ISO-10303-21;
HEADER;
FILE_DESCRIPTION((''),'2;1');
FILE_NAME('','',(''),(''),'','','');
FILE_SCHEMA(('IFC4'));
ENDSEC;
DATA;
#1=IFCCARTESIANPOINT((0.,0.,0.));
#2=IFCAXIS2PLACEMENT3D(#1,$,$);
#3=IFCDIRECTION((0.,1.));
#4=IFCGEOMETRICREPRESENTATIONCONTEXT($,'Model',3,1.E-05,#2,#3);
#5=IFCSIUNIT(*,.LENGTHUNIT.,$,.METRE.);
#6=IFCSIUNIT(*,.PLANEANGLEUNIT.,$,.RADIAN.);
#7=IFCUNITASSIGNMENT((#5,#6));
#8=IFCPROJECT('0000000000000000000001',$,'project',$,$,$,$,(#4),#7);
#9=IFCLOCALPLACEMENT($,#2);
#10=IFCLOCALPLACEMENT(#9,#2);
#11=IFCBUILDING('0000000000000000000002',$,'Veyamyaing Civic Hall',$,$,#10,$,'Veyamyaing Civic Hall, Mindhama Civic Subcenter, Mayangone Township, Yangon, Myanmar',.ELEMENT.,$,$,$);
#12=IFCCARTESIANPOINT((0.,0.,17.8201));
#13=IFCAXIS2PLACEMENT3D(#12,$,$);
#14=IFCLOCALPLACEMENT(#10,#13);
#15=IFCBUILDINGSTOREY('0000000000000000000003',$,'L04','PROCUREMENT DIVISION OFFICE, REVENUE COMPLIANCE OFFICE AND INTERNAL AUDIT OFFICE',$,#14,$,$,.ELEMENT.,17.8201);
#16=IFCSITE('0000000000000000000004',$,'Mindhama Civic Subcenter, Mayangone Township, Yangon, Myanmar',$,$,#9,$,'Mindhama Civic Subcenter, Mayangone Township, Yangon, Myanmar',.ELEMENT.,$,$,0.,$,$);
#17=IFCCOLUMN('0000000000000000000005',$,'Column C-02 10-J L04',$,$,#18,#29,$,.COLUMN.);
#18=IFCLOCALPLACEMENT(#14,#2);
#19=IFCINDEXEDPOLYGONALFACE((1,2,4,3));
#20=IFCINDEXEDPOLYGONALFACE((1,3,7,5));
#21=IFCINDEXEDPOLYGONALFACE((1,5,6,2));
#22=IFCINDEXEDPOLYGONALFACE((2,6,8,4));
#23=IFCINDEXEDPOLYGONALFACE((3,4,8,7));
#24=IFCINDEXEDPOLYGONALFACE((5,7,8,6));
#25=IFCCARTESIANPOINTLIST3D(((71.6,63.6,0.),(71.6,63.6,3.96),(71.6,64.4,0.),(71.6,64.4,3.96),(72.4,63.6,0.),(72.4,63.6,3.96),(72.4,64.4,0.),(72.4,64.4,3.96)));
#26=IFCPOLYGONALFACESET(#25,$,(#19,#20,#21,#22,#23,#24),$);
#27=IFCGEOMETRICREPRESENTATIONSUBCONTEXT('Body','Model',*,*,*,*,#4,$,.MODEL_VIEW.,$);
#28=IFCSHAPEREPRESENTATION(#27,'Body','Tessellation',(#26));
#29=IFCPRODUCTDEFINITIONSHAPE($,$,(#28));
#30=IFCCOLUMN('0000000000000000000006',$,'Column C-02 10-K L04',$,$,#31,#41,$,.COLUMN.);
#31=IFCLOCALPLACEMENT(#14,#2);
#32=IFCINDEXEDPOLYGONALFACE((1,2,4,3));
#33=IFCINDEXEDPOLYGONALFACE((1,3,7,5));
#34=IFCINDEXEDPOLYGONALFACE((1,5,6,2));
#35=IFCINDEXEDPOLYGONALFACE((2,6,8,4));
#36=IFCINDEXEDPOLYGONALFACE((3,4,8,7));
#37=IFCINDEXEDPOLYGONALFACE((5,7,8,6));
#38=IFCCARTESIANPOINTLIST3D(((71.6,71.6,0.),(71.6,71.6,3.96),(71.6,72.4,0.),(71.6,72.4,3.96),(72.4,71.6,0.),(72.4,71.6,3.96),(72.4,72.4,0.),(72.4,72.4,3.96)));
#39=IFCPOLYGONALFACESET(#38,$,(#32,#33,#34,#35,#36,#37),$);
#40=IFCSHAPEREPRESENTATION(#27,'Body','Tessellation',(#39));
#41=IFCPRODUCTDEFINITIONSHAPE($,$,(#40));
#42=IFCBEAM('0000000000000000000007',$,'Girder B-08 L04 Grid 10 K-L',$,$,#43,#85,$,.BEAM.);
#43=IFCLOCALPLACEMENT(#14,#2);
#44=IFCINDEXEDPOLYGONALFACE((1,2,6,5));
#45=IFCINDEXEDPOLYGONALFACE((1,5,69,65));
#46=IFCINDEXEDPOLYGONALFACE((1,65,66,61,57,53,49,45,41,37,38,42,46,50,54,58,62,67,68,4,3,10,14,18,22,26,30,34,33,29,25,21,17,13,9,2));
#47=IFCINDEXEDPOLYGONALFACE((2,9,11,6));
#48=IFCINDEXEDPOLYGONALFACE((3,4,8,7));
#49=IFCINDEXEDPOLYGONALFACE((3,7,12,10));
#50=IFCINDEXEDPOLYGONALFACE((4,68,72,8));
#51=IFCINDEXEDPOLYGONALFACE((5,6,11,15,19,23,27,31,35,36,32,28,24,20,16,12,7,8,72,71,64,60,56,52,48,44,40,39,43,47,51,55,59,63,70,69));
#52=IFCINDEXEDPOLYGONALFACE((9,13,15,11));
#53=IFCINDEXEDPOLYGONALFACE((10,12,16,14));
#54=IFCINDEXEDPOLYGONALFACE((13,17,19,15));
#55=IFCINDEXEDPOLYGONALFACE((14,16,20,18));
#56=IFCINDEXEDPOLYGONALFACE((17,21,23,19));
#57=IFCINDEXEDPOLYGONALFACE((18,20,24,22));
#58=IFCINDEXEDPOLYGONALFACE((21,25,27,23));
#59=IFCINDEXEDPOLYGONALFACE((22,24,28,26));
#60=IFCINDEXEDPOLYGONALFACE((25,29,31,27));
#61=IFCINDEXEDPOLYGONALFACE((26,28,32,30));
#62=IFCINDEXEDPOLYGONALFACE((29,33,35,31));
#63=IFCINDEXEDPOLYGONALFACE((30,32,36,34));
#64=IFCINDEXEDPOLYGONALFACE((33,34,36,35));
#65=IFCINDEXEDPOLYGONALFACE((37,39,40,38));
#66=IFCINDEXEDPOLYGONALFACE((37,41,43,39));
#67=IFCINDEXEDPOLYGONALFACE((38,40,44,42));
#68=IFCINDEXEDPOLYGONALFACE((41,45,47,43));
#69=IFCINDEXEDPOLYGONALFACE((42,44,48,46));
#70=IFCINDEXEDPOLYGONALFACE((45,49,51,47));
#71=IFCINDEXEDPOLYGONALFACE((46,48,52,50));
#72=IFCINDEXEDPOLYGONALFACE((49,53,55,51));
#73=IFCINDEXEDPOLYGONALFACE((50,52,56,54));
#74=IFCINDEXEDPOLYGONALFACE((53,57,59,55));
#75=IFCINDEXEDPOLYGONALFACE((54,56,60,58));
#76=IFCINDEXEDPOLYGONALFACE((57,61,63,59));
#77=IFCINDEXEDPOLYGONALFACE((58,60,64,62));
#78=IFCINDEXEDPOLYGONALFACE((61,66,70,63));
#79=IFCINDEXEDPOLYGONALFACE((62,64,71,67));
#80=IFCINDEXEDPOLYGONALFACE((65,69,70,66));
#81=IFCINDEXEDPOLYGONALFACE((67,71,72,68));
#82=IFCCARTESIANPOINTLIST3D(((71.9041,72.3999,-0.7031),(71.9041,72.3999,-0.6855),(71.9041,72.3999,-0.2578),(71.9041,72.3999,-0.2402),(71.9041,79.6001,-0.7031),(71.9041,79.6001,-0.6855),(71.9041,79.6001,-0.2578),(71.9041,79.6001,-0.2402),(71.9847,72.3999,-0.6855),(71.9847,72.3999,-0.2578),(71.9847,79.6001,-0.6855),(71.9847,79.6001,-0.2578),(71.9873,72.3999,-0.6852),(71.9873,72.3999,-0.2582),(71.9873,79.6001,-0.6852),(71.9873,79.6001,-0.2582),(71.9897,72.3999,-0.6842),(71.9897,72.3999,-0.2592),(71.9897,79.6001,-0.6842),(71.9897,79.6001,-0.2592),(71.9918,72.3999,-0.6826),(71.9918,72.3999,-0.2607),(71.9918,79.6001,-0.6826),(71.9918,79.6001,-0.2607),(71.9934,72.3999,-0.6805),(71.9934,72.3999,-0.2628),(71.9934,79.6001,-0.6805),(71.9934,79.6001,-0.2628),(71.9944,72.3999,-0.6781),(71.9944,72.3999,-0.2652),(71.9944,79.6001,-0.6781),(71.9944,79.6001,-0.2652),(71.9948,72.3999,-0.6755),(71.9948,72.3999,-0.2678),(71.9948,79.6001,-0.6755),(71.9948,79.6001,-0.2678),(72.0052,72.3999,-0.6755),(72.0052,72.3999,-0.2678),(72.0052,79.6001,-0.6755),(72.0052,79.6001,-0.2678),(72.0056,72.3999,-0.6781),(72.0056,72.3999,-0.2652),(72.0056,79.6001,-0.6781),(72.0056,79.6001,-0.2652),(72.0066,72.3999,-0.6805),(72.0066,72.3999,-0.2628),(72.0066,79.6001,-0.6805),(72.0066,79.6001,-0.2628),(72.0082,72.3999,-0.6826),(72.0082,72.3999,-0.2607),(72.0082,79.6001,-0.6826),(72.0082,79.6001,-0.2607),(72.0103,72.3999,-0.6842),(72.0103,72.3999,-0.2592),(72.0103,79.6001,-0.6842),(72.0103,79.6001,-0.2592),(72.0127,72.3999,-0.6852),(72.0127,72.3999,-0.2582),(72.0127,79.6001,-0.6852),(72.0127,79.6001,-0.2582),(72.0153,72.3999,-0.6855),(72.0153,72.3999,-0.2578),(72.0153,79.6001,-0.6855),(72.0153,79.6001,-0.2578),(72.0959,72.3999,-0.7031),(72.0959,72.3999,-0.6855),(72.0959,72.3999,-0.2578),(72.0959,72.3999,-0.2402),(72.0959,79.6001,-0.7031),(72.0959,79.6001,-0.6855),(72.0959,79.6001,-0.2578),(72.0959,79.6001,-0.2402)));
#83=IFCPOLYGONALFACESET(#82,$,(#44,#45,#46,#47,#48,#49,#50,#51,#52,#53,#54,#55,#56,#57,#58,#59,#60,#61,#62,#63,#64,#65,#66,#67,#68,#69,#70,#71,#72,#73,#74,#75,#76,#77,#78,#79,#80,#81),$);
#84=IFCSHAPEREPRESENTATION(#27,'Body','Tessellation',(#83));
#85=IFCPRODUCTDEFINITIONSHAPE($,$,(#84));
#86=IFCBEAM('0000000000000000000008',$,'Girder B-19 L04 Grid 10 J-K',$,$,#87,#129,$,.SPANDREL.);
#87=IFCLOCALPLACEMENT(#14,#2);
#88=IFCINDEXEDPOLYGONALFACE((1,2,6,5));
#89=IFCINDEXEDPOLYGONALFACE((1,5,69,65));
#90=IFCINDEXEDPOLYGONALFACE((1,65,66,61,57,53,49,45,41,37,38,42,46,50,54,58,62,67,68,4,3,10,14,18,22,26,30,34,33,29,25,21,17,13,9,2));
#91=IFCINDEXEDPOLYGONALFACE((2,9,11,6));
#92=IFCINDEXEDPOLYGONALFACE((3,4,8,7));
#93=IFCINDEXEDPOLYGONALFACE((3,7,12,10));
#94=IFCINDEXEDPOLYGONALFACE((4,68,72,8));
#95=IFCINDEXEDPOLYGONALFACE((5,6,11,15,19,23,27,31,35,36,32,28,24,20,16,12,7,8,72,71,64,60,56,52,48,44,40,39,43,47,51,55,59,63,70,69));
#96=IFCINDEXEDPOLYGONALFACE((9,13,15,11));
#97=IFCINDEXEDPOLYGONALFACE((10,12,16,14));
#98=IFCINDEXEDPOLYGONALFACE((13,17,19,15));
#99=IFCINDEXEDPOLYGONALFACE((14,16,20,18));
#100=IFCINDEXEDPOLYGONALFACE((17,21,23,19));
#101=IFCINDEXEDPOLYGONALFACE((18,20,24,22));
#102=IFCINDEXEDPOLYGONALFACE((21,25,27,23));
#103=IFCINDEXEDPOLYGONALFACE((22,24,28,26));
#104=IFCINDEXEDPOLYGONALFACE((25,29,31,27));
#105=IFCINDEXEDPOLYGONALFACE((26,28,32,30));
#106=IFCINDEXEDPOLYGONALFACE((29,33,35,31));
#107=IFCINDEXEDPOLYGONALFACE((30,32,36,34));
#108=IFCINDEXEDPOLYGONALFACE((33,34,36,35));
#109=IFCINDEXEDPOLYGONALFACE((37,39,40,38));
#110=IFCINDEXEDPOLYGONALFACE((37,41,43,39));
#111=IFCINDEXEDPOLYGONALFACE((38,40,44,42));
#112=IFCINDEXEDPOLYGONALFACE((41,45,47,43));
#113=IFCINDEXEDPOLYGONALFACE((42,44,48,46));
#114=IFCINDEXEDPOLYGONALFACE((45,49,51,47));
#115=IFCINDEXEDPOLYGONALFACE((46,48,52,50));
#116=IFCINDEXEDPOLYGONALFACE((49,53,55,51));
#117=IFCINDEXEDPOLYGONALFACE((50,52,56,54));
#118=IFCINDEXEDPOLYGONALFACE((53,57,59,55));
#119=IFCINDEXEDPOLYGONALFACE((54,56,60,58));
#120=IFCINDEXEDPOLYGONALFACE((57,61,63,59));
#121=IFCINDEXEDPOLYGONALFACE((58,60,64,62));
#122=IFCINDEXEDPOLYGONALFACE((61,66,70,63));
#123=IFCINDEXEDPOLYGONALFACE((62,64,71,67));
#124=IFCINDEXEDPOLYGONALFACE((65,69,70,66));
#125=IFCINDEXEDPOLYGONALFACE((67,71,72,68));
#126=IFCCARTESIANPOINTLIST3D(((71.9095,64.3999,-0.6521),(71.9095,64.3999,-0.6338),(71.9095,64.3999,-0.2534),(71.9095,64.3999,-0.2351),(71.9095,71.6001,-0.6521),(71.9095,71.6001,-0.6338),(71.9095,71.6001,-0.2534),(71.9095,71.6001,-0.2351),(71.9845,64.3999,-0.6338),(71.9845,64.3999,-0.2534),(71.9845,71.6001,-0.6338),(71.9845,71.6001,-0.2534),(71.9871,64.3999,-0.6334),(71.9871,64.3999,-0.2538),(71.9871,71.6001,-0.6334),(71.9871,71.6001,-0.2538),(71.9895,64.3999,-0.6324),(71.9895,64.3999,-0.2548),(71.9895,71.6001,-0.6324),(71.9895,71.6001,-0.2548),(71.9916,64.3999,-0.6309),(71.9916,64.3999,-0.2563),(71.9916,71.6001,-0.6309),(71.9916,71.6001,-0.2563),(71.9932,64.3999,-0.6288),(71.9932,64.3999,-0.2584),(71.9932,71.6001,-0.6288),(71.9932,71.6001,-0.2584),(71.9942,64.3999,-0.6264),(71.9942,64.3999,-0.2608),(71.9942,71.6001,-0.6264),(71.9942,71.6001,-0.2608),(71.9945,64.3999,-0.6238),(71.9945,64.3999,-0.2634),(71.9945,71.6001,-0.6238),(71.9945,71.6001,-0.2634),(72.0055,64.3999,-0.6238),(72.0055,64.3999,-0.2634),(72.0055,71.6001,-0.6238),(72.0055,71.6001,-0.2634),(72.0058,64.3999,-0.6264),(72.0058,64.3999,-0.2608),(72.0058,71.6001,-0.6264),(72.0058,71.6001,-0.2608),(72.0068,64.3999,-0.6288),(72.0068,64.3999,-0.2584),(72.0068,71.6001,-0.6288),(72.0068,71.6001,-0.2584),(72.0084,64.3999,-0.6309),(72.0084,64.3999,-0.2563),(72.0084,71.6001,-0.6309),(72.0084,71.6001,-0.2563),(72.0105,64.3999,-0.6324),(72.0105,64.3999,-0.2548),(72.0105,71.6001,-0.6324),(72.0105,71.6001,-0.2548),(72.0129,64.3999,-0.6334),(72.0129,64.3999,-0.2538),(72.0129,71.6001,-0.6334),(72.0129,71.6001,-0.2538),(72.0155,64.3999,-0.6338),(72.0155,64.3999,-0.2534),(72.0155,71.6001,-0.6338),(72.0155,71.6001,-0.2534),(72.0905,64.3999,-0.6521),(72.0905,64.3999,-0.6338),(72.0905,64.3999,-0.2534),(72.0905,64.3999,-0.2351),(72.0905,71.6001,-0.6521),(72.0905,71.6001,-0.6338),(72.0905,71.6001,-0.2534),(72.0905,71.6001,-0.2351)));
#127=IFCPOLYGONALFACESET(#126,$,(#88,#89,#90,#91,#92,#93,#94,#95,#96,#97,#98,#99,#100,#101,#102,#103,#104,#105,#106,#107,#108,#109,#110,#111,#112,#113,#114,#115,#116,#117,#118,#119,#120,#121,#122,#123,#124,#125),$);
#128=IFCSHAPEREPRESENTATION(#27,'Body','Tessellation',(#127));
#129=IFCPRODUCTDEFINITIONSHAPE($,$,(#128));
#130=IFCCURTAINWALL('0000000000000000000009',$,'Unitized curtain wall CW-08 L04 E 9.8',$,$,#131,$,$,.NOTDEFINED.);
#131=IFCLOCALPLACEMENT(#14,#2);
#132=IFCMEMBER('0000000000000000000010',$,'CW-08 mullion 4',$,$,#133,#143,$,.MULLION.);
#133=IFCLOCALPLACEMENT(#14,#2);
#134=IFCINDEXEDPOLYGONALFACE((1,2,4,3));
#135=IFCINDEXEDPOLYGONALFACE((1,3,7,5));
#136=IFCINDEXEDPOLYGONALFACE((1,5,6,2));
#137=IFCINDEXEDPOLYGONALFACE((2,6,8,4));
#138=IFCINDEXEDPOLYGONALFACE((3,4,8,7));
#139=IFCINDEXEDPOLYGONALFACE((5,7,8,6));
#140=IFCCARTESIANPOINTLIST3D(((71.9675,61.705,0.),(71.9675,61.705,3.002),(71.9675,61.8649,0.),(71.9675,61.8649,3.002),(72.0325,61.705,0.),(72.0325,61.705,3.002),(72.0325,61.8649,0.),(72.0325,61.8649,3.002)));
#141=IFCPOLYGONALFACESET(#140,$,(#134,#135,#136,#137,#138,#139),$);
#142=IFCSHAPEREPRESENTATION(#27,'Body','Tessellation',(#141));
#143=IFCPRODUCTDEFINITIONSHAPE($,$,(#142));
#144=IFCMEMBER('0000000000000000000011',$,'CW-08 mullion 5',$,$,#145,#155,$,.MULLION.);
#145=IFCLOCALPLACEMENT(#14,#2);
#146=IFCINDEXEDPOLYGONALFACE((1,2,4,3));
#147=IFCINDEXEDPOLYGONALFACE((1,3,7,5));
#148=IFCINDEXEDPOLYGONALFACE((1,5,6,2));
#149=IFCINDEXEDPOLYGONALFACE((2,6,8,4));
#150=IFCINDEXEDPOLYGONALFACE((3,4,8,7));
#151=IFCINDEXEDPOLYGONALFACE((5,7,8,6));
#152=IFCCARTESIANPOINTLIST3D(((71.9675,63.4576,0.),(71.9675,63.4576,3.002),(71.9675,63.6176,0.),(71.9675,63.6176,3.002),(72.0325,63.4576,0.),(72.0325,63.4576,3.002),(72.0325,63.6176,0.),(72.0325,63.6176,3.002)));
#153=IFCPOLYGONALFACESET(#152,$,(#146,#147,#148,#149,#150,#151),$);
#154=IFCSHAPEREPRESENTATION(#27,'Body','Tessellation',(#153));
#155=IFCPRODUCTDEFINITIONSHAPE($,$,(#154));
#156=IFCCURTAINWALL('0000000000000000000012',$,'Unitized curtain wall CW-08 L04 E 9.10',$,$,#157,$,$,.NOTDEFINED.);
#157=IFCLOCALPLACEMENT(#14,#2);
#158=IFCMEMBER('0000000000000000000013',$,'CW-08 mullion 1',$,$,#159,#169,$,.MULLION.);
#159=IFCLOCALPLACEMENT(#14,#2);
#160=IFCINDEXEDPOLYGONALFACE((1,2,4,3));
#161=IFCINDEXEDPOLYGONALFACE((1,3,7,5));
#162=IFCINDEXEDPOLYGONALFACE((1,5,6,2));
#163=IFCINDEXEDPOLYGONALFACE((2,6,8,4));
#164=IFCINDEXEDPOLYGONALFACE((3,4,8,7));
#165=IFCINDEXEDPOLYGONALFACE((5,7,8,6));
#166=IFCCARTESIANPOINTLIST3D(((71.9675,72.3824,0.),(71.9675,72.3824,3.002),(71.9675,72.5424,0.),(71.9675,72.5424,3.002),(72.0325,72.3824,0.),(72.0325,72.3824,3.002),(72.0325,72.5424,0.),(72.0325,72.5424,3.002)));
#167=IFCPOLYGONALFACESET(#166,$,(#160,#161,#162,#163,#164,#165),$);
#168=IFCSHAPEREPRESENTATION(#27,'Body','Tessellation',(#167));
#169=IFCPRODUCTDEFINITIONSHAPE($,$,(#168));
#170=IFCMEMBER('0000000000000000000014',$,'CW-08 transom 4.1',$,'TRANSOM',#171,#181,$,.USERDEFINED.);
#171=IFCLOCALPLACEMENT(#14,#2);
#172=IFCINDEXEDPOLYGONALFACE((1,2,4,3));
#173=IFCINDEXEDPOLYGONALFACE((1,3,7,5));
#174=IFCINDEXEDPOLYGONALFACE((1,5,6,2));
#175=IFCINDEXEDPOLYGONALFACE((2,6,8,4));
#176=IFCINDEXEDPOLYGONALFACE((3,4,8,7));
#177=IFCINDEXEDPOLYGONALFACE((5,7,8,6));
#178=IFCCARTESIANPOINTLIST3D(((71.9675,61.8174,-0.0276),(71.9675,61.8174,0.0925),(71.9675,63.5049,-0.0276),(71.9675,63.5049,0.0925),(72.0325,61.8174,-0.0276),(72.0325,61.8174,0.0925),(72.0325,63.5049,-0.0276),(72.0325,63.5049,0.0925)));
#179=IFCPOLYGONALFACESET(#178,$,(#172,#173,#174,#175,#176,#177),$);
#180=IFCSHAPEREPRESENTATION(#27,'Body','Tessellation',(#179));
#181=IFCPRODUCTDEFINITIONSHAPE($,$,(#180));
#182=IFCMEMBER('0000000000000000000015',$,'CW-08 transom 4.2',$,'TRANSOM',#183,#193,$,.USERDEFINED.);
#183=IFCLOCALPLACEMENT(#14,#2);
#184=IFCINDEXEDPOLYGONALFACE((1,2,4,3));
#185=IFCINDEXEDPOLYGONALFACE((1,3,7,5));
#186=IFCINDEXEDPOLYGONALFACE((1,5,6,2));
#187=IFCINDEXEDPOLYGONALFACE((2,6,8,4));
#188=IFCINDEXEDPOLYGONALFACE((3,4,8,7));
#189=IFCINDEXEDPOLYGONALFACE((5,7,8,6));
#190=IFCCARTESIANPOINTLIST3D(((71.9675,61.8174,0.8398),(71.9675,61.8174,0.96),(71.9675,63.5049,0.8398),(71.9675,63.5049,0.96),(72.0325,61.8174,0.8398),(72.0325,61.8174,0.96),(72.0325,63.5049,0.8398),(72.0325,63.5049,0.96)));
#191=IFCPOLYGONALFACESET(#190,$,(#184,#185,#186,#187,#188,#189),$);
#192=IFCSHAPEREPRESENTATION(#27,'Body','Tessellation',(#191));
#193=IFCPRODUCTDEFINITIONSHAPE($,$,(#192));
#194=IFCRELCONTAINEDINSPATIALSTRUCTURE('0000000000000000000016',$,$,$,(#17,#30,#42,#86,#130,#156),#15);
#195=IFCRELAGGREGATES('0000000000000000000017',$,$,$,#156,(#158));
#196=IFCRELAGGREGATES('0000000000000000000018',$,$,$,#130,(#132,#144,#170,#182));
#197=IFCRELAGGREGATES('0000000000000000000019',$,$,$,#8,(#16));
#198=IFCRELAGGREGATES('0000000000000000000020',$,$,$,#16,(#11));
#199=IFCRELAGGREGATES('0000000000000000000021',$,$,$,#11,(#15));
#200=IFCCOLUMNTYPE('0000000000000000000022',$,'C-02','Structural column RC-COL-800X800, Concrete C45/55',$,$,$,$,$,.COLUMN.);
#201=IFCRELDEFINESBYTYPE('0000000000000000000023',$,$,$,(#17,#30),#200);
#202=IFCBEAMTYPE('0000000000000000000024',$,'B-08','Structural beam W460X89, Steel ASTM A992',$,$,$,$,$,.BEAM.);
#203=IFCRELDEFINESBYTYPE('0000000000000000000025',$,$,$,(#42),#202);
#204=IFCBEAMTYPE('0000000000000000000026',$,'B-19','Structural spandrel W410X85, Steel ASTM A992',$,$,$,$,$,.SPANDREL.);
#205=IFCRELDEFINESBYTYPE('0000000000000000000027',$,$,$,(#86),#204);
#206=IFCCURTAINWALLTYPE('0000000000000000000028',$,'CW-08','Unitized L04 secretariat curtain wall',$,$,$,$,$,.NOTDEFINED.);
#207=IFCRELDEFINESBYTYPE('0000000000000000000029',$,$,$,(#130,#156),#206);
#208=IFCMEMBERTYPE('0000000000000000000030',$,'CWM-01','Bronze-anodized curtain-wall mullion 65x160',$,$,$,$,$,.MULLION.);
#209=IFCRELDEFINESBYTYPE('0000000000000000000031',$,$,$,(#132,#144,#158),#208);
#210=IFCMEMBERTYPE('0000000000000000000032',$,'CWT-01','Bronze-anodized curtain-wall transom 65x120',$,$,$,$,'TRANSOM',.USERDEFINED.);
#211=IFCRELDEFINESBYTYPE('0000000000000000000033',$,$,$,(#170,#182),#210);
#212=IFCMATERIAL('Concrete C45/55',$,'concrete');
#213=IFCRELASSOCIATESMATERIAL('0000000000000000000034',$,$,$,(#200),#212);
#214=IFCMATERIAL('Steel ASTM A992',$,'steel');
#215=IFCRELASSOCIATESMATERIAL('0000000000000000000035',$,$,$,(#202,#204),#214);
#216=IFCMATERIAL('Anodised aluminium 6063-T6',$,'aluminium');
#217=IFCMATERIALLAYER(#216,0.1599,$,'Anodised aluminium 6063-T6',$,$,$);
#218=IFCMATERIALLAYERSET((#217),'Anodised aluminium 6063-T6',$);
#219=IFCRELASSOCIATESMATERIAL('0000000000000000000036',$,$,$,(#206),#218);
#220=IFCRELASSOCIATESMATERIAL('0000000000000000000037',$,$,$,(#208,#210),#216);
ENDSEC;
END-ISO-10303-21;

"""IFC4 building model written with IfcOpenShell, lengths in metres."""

from ifc_helpers import new_model, si_unit, direction, frame, origin, origin_2d, place, context, subcontext, project, spatial, rectangle, i_section, extrude, material, layer, layer_set, material_profile, profile_set, type_object, element, aggregate, save


model = new_model("IFC4")

# Units and contexts
model_context = context("Model", 3, precision=1e-05, world=origin(), true_north=direction((0.0, 1.0)))
body_context = subcontext(model_context, "Body", "Model", "MODEL_VIEW")
ifc_project = project(units=[si_unit("LENGTHUNIT", "METRE"), si_unit("PLANEANGLEUNIT", "RADIAN")], contexts=[model_context])

# Site, building, storey
site_placement = place(None, origin())
site = spatial("IfcSite", under=ifc_project, at=site_placement, Name="Mindhama Civic Subcenter, Mayangone Township, Yangon, Myanmar", LongName="Mindhama Civic Subcenter, Mayangone Township, Yangon, Myanmar", CompositionType="ELEMENT", RefElevation=0.0)
building_placement = place(site_placement, origin())
building = spatial("IfcBuilding", under=site, at=building_placement, Name="Veyamyaing Civic Hall", LongName="Veyamyaing Civic Hall, Mindhama Civic Subcenter, Mayangone Township, Yangon, Myanmar", CompositionType="ELEMENT")
storey_placement = place(building_placement, frame((0.0, 0.0, 17.8201)))
storey = spatial("IfcBuildingStorey", under=building, at=storey_placement, Name="L04", Description="PROCUREMENT DIVISION OFFICE, REVENUE COMPLIANCE OFFICE AND INTERNAL AUDIT OFFICE", CompositionType="ELEMENT", Elevation=17.8201)

# Columns
ifc_material_1 = material(Name="Concrete C45/55", Category="concrete")
ifc_material_profile_1 = material_profile(ifc_material_1, rectangle(XDim=0.8, YDim=0.8, at=origin_2d()), Name="RC-COL-800X800")
ifc_profile_set_1 = profile_set([ifc_material_profile_1], Name="Concrete C45/55")
column_type = type_object("IfcColumnType", Name="C-02", Description="Structural column RC-COL-800X800, Concrete C45/55", PredefinedType="COLUMN", material=ifc_profile_set_1)
for number, where, z_axis, x_axis, name in (
    (1, (72.0, 64.0, 0.0), (0.0, 0.0, 1.0), (1.0, 0.0, 0.0), "Column C-02 10-J L04"),
    (2, (72.0, 72.0, 0.0), (0.0, 0.0, 1.0), (1.0, 0.0, 0.0), "Column C-02 10-K L04"),
):
    element("IfcColumn", number, at=place(storey_placement, frame(where, z_axis=z_axis, x_axis=x_axis)), inside=storey, type_object=column_type, Name=name, PredefinedType="COLUMN", context=body_context, shape_type="SweptSolid", body=[
        extrude(rectangle(XDim=0.8, YDim=0.8, at=origin_2d()), origin(), (0.0, 0.0, 1.0), 3.96),
    ])

# Beams
ifc_material_2 = material(Name="Steel ASTM A992", Category="steel")
ifc_material_profile_2 = material_profile(ifc_material_2, i_section(OverallWidth=0.1919, OverallDepth=0.4629, WebThickness=0.0105, FlangeThickness=0.0176, FilletRadius=0.01, at=origin_2d()), Name="W460X89")
ifc_profile_set_2 = profile_set([ifc_material_profile_2], Name="Steel ASTM A992")
beam_type_1 = type_object("IfcBeamType", Name="B-08", Description="Structural beam W460X89, Steel ASTM A992", PredefinedType="BEAM", material=ifc_profile_set_2)
beam_1_placement = place(storey_placement, frame((72.0, 72.3999, -0.4717), z_axis=(0.0, 1.0, 0.0), x_axis=(-1.0, 0.0, 0.0)))
element("IfcBeam", 3, at=beam_1_placement, inside=storey, type_object=beam_type_1, Name="Girder B-08 L04 Grid 10 K-L", PredefinedType="BEAM", context=body_context, shape_type="SweptSolid", body=[
    extrude(i_section(OverallWidth=0.1919, OverallDepth=0.4629, WebThickness=0.0105, FlangeThickness=0.0176, FilletRadius=0.01, at=origin_2d()), origin(), (0.0, 0.0, 1.0), 7.2002),
])
ifc_material_profile_3 = material_profile(ifc_material_2, i_section(OverallWidth=0.1809, OverallDepth=0.417, WebThickness=0.011, FlangeThickness=0.0183, FilletRadius=0.01, at=origin_2d()), Name="W410X85")
ifc_profile_set_3 = profile_set([ifc_material_profile_3], Name="Steel ASTM A992")
beam_type_2 = type_object("IfcBeamType", Name="B-19", Description="Structural spandrel W410X85, Steel ASTM A992", PredefinedType="SPANDREL", material=ifc_profile_set_3)
beam_2_placement = place(storey_placement, frame((72.0, 64.3999, -0.4436), z_axis=(0.0, 1.0, 0.0), x_axis=(-1.0, 0.0, 0.0)))
element("IfcBeam", 4, at=beam_2_placement, inside=storey, type_object=beam_type_2, Name="Girder B-19 L04 Grid 10 J-K", PredefinedType="SPANDREL", context=body_context, shape_type="SweptSolid", body=[
    extrude(i_section(OverallWidth=0.1809, OverallDepth=0.417, WebThickness=0.011, FlangeThickness=0.0183, FilletRadius=0.01, at=origin_2d()), origin(), (0.0, 0.0, 1.0), 7.2002),
])

# Curtain wall, members
ifc_material_3 = material(Name="Anodised aluminium 6063-T6", Category="aluminium")
ifc_layer_1 = layer(ifc_material_3, 0.1599, Name="Anodised aluminium 6063-T6")
ifc_layer_set_1 = layer_set([ifc_layer_1], Name="Anodised aluminium 6063-T6")
curtain_wall_type = type_object("IfcCurtainWallType", Name="CW-08", Description="Unitized L04 secretariat curtain wall", PredefinedType="NOTDEFINED", material=ifc_layer_set_1)
curtain_wall_1_placement = place(storey_placement, origin())
curtain_wall_1 = element("IfcCurtainWall", 5, at=curtain_wall_1_placement, inside=storey, type_object=curtain_wall_type, Name="Unitized curtain wall CW-08 L04 E 9.8", PredefinedType="NOTDEFINED")
ifc_material_profile_4 = material_profile(ifc_material_3, rectangle(XDim=0.0649, YDim=0.1599, at=origin_2d()), Name="ALU-MUL-65X160")
ifc_profile_set_4 = profile_set([ifc_material_profile_4], Name="Anodised aluminium 6063-T6")
member_type_1 = type_object("IfcMemberType", Name="CWM-01", Description="Bronze-anodized curtain-wall mullion 65x160", PredefinedType="MULLION", material=ifc_profile_set_4)
member_1_placement = place(storey_placement, frame((72.0, 61.7849, 0.0), z_axis=(0.0, 0.0, 1.0), x_axis=(-1.0, 0.0, 0.0)))
member_1 = element("IfcMember", 6, at=member_1_placement, type_object=member_type_1, Name="CW-08 mullion 4", PredefinedType="MULLION", context=body_context, shape_type="SweptSolid", body=[
    extrude(rectangle(XDim=0.0649, YDim=0.1599, at=origin_2d()), origin(), (0.0, 0.0, 1.0), 3.002),
])
member_2_placement = place(storey_placement, frame((72.0, 63.5376, 0.0), z_axis=(0.0, 0.0, 1.0), x_axis=(-1.0, 0.0, 0.0)))
member_2 = element("IfcMember", 7, at=member_2_placement, type_object=member_type_1, Name="CW-08 mullion 5", PredefinedType="MULLION", context=body_context, shape_type="SweptSolid", body=[
    extrude(rectangle(XDim=0.0649, YDim=0.1599, at=origin_2d()), origin(), (0.0, 0.0, 1.0), 3.002),
])

# Curtain wall, member
curtain_wall_2_placement = place(storey_placement, origin())
curtain_wall_2 = element("IfcCurtainWall", 8, at=curtain_wall_2_placement, inside=storey, type_object=curtain_wall_type, Name="Unitized curtain wall CW-08 L04 E 9.10", PredefinedType="NOTDEFINED")
member_3_placement = place(storey_placement, frame((72.0, 72.4624, 0.0), z_axis=(0.0, 0.0, 1.0), x_axis=(-1.0, 0.0, 0.0)))
member_3 = element("IfcMember", 9, at=member_3_placement, type_object=member_type_1, Name="CW-08 mullion 1", PredefinedType="MULLION", context=body_context, shape_type="SweptSolid", body=[
    extrude(rectangle(XDim=0.0649, YDim=0.1599, at=origin_2d()), origin(), (0.0, 0.0, 1.0), 3.002),
])

# Members
ifc_material_profile_5 = material_profile(ifc_material_3, rectangle(XDim=0.0649, YDim=0.1201, at=origin_2d()), Name="ALU-TRN-65X120")
ifc_profile_set_5 = profile_set([ifc_material_profile_5], Name="Anodised aluminium 6063-T6")
member_type_2 = type_object("IfcMemberType", Name="CWT-01", Description="Bronze-anodized curtain-wall transom 65x120", ElementType="TRANSOM", PredefinedType="USERDEFINED", material=ifc_profile_set_5)
member_4_placement = place(storey_placement, frame((72.0, 61.8174, 0.0325), z_axis=(0.0, 1.0, 0.0), x_axis=(-1.0, 0.0, 0.0)))
member_4 = element("IfcMember", 10, at=member_4_placement, type_object=member_type_2, Name="CW-08 transom 4.1", ObjectType="TRANSOM", PredefinedType="USERDEFINED", context=body_context, shape_type="SweptSolid", body=[
    extrude(rectangle(XDim=0.0649, YDim=0.1201, at=origin_2d()), origin(), (0.0, 0.0, 1.0), 1.6875),
])
member_5_placement = place(storey_placement, frame((72.0, 61.8174, 0.8999), z_axis=(0.0, 1.0, 0.0), x_axis=(-1.0, 0.0, 0.0)))
member_5 = element("IfcMember", 11, at=member_5_placement, type_object=member_type_2, Name="CW-08 transom 4.2", ObjectType="TRANSOM", PredefinedType="USERDEFINED", context=body_context, shape_type="SweptSolid", body=[
    extrude(rectangle(XDim=0.0649, YDim=0.1201, at=origin_2d()), origin(), (0.0, 0.0, 1.0), 1.6875),
])
aggregate(curtain_wall_2, [member_3])

aggregate(curtain_wall_1, [member_1, member_2, member_4, member_5])

save(model, "model.ifc")
